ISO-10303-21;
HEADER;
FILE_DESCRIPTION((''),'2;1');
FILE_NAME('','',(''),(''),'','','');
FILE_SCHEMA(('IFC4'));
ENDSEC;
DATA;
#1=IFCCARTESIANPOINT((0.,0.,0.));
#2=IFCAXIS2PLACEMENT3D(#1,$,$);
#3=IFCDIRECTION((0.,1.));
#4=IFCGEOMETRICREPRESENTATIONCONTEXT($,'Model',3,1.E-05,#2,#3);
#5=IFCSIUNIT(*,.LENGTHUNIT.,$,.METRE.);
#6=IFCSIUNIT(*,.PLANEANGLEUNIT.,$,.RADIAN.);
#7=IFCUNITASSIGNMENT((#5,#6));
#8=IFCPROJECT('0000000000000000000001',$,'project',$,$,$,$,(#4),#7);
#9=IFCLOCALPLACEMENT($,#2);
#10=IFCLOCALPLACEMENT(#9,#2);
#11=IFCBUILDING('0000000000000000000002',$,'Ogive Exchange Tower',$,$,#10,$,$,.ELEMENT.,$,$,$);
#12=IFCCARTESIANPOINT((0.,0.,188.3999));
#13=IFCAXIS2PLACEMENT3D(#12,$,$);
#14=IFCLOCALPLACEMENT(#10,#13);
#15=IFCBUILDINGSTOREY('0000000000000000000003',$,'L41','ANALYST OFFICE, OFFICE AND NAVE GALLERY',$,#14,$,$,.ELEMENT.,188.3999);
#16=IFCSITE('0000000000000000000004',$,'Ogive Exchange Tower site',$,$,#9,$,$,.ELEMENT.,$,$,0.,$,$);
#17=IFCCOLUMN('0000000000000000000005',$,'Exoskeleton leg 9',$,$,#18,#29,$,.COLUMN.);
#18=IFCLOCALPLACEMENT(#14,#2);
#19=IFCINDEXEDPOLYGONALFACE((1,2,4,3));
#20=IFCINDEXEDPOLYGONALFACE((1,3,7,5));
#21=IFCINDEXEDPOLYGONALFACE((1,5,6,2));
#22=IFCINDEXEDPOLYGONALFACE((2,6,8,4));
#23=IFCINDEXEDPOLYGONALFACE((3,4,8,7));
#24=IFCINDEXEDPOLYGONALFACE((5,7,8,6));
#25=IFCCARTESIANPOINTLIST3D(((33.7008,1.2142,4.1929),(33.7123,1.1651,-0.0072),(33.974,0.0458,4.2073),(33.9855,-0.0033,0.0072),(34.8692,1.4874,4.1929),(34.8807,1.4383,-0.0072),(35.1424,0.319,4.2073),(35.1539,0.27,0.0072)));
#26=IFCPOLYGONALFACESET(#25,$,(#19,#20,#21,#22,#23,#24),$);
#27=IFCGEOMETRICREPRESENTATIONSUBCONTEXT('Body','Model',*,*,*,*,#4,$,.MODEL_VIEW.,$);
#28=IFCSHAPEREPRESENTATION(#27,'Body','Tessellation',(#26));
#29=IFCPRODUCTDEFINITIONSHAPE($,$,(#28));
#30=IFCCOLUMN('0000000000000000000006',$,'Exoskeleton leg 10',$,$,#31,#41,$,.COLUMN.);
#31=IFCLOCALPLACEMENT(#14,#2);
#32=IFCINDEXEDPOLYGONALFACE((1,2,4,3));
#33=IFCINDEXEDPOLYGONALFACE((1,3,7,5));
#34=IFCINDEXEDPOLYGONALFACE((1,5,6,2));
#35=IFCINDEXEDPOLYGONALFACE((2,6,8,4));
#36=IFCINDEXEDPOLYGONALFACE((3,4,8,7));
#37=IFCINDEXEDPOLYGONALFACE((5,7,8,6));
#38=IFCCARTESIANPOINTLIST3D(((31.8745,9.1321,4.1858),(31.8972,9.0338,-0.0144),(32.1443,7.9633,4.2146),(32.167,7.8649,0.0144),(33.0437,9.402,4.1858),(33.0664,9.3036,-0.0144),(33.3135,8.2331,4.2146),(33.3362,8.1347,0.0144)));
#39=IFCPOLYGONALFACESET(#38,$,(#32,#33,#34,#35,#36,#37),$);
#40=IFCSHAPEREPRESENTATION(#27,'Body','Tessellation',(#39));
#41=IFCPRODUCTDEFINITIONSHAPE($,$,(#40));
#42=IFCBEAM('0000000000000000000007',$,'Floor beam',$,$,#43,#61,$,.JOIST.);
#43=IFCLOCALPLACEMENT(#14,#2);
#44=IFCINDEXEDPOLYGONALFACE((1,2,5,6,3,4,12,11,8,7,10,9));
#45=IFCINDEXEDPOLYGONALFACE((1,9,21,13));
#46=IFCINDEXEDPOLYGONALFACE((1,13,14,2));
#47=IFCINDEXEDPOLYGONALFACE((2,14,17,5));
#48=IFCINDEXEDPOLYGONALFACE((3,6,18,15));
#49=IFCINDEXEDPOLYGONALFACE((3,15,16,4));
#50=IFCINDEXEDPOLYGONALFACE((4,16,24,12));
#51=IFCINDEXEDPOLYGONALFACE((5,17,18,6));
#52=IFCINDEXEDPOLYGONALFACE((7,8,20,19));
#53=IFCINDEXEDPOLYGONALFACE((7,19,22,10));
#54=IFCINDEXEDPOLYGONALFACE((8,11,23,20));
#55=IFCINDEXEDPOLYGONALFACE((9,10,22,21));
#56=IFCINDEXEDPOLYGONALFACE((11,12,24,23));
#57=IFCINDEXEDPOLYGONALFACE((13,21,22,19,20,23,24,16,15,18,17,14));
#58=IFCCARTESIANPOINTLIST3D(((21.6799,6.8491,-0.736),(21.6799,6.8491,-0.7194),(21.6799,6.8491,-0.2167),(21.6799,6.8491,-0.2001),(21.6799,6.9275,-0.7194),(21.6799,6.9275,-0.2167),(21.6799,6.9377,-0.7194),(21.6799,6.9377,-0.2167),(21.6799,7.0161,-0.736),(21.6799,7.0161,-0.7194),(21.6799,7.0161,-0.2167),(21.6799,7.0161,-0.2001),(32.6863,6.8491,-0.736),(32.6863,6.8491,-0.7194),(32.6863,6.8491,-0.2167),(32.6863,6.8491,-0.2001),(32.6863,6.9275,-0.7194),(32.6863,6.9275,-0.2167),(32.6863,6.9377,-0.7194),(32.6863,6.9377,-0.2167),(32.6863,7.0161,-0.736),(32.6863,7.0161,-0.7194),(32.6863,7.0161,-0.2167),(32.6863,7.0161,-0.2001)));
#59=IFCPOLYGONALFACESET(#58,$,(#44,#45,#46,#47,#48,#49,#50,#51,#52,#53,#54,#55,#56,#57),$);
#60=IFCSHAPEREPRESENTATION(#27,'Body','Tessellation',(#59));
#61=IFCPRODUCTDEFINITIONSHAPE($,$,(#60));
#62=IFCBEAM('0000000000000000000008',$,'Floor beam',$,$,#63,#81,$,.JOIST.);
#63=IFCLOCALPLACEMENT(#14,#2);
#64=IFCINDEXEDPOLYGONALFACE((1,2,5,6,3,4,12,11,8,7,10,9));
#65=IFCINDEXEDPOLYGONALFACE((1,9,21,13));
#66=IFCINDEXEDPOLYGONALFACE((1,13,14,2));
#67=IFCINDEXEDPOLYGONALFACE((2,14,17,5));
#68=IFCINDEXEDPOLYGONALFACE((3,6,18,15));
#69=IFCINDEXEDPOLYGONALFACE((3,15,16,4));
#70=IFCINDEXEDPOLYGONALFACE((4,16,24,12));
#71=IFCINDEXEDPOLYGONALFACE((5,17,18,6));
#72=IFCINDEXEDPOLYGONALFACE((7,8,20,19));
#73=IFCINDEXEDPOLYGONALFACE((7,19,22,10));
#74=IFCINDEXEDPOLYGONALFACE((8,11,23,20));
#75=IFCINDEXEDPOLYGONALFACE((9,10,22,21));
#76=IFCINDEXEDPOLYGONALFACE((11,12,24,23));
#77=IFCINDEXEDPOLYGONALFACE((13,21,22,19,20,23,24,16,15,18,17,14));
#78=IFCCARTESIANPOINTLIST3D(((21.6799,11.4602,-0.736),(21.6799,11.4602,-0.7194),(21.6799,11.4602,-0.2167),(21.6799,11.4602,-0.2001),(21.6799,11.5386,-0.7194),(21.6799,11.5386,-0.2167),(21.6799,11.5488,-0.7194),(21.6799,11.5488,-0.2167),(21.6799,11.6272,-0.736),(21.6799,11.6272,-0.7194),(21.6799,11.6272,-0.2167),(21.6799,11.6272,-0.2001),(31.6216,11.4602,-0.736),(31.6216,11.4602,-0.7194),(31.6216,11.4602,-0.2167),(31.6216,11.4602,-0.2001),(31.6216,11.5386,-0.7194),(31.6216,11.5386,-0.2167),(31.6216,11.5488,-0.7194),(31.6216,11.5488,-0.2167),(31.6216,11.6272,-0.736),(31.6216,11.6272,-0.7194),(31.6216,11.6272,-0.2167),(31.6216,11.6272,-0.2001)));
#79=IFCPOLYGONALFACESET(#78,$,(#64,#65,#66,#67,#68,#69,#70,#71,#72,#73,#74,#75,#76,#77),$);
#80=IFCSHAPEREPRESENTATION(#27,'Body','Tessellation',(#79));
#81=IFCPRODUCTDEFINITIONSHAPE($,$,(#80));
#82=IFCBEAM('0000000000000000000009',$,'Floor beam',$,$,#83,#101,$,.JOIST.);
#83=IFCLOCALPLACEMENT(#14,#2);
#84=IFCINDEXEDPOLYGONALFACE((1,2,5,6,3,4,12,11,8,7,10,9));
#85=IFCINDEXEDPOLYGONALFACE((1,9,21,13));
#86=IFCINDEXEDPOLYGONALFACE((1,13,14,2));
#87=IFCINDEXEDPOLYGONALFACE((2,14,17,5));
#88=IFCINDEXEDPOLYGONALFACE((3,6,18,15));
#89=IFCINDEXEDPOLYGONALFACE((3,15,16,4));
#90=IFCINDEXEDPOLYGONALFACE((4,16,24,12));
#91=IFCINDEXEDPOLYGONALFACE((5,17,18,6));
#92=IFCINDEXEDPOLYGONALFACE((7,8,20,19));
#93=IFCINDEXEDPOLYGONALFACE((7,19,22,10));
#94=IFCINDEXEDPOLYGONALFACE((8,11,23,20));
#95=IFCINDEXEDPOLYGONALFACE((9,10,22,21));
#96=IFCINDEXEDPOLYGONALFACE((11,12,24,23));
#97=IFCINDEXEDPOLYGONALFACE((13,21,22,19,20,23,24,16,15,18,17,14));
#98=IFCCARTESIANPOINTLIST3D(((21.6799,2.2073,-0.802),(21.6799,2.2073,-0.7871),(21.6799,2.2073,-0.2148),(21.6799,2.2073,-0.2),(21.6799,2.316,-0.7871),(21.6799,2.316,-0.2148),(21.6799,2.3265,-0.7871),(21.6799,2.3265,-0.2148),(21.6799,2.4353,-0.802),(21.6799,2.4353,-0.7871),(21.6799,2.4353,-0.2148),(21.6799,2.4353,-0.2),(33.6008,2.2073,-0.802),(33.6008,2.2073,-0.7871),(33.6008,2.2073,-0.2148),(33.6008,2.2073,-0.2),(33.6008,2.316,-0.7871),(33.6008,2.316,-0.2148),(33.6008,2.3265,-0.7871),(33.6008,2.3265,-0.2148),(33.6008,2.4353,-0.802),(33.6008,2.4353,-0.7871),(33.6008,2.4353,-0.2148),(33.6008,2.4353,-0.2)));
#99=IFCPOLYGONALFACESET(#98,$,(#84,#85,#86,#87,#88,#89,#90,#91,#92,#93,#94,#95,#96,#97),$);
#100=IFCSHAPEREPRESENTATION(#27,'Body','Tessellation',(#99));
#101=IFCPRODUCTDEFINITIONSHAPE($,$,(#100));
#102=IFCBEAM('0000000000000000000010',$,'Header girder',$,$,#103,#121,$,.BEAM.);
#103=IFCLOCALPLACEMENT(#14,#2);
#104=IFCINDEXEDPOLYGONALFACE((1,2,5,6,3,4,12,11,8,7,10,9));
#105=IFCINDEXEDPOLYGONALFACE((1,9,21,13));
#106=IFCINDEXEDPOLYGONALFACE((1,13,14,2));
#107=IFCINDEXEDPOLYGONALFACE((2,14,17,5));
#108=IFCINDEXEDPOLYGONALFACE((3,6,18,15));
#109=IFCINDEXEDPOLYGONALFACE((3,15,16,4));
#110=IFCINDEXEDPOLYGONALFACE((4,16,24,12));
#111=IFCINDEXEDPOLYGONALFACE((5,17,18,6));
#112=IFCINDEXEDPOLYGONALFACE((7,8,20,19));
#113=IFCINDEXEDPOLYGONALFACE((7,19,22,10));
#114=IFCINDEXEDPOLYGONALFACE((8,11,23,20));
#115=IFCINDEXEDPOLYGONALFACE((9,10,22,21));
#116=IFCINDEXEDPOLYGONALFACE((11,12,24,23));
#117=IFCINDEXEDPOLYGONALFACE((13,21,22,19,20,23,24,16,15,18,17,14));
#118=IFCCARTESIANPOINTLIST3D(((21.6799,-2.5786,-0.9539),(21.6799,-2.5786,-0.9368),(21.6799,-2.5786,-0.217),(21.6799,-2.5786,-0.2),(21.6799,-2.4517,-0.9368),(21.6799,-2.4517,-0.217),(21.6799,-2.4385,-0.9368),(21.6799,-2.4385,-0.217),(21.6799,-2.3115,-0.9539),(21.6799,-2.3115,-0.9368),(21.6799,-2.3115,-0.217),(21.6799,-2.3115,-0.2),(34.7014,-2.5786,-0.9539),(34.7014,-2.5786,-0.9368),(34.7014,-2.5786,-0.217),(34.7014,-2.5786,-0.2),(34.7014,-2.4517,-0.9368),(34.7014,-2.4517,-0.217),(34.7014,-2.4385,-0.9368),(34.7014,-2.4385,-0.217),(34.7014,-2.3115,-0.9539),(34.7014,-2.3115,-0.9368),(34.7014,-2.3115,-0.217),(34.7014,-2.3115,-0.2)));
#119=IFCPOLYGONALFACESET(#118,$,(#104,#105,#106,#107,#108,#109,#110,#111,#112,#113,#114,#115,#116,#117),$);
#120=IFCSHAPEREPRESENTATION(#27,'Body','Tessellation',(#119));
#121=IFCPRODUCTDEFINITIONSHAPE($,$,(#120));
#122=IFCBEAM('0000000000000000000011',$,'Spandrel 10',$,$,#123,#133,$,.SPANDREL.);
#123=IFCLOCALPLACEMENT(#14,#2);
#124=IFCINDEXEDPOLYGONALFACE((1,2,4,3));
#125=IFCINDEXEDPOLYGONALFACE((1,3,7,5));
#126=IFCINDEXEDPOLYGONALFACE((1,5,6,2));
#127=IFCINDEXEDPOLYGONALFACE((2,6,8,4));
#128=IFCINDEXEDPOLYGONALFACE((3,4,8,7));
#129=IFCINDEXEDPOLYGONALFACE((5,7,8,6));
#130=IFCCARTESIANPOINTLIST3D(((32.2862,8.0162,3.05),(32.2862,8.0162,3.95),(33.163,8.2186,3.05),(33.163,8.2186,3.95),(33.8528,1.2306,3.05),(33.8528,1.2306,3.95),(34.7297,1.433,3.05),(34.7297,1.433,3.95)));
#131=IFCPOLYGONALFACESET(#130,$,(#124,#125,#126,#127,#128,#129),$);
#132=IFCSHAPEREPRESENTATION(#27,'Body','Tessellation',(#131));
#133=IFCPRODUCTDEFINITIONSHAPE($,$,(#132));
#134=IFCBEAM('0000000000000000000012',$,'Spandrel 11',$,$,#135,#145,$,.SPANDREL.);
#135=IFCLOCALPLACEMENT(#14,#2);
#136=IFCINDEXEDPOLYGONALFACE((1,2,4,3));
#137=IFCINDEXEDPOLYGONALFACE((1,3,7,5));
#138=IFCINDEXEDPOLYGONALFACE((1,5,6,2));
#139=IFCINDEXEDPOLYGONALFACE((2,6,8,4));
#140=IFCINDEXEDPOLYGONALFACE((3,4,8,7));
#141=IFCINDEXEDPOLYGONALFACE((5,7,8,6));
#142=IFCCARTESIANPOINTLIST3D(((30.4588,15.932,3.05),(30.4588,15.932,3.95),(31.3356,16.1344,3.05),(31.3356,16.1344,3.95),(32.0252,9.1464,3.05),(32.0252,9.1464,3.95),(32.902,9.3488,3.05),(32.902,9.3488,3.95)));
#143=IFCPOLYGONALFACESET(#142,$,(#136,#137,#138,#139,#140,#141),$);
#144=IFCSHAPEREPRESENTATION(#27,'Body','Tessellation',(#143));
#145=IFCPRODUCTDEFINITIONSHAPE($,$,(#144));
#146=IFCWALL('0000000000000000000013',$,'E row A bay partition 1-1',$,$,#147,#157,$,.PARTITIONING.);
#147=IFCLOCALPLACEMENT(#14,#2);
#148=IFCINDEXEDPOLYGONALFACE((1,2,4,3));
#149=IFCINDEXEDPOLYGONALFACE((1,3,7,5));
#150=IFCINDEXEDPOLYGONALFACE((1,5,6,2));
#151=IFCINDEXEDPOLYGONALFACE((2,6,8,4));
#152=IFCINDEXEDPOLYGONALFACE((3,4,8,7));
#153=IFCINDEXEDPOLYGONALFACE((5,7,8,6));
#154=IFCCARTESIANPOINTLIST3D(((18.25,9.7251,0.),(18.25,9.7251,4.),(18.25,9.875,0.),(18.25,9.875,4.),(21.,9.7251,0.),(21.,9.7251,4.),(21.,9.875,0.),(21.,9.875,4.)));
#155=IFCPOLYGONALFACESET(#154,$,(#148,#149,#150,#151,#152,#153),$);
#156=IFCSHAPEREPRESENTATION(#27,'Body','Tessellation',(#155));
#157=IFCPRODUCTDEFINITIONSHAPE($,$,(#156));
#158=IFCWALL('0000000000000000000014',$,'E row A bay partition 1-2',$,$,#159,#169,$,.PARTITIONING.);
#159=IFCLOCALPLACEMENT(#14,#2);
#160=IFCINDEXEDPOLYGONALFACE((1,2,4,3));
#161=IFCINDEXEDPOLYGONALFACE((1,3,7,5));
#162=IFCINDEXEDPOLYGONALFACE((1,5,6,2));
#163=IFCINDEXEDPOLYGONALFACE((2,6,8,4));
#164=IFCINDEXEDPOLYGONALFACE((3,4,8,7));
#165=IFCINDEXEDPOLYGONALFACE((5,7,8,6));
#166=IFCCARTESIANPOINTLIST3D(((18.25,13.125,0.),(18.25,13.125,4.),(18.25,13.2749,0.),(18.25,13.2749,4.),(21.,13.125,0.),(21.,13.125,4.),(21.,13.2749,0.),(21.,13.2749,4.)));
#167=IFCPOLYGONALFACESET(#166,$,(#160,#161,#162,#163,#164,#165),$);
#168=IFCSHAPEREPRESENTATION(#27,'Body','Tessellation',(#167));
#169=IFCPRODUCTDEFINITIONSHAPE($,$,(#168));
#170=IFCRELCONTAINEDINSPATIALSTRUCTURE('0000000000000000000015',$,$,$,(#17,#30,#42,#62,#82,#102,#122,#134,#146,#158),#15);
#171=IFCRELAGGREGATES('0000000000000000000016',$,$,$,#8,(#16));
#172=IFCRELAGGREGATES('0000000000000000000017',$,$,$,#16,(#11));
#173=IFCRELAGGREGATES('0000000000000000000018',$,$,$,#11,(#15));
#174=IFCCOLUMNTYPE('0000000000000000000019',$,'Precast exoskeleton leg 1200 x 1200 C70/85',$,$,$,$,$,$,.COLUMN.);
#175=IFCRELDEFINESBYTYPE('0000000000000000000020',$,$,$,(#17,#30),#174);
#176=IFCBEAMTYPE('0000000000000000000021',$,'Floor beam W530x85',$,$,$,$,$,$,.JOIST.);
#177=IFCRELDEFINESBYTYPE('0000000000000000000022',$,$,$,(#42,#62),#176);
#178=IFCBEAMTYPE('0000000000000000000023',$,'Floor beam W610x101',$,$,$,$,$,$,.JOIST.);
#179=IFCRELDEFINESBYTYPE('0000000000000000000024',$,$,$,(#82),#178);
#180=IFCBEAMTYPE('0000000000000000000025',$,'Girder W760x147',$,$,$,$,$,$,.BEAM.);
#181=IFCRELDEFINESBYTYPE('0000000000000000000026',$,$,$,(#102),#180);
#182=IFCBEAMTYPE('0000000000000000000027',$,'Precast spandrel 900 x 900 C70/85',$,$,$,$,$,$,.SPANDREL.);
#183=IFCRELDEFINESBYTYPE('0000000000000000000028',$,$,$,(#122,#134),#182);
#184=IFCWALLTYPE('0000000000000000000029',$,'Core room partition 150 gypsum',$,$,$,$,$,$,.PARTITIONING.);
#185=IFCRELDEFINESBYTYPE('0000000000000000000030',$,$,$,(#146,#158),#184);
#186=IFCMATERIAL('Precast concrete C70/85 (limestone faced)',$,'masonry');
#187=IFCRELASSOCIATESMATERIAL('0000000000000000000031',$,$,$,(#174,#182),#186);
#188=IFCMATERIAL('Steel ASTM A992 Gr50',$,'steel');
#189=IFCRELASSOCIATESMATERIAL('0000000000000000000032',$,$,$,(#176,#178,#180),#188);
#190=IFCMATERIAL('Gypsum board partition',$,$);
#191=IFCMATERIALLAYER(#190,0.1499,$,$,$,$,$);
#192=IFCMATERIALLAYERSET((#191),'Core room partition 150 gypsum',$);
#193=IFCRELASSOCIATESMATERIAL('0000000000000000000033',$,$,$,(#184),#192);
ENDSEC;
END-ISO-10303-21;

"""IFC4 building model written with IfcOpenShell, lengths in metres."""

from ifc_helpers import new_model, si_unit, direction, frame, frame_2d, origin, origin_2d, place, context, subcontext, project, spatial, rectangle, i_section, extrude, material, layer, layer_set, material_profile, profile_set, type_object, element, save


model = new_model("IFC4")

# Units and contexts
model_context = context("Model", 3, precision=1e-05, world=origin(), true_north=direction((0.0, 1.0)))
body_context = subcontext(model_context, "Body", "Model", "MODEL_VIEW")
ifc_project = project(units=[si_unit("LENGTHUNIT", "METRE"), si_unit("PLANEANGLEUNIT", "RADIAN")], contexts=[model_context])

# Site, building, storey
site_placement = place(None, origin())
site = spatial("IfcSite", under=ifc_project, at=site_placement, Name="Ogive Exchange Tower site", CompositionType="ELEMENT", RefElevation=0.0)
building_placement = place(site_placement, origin())
building = spatial("IfcBuilding", under=site, at=building_placement, Name="Ogive Exchange Tower", CompositionType="ELEMENT")
storey_placement = place(building_placement, frame((0.0, 0.0, 188.3999)))
storey = spatial("IfcBuildingStorey", under=building, at=storey_placement, Name="L41", Description="ANALYST OFFICE, OFFICE AND NAVE GALLERY", CompositionType="ELEMENT", Elevation=188.3999)

# Columns
ifc_material_1 = material(Name="Precast concrete C70/85 (limestone faced)", Category="masonry")
ifc_material_profile_1 = material_profile(ifc_material_1, rectangle(XDim=1.2, YDim=1.2, at=origin_2d()), Name="1200 x 1200")
ifc_profile_set_1 = profile_set([ifc_material_profile_1], Name="Precast concrete C70/85 (limestone faced)")
column_type = type_object("IfcColumnType", Name="Precast exoskeleton leg 1200 x 1200 C70/85", PredefinedType="COLUMN", material=ifc_profile_set_1)
column_1_placement = place(storey_placement, frame((34.4331, 0.7175, 0.0), z_axis=(-0.002732, 0.011682, 0.999928), x_axis=(-0.973734, -0.227689, 0.0)))
element("IfcColumn", 1, at=column_1_placement, inside=storey, type_object=column_type, Name="Exoskeleton leg 9", PredefinedType="COLUMN", context=body_context, shape_type="SweptSolid", body=[
    extrude(rectangle(XDim=1.2, YDim=1.2, at=origin_2d()), origin(), (0.0, 0.0, 1.0), 4.2004),
])
column_2_placement = place(storey_placement, frame((32.6167, 8.5842, 0.0), z_axis=(-0.005404, 0.023418, 0.999711), x_axis=(-0.974391, -0.22486, 0.0)))
element("IfcColumn", 2, at=column_2_placement, inside=storey, type_object=column_type, Name="Exoskeleton leg 10", PredefinedType="COLUMN", context=body_context, shape_type="SweptSolid", body=[
    extrude(rectangle(XDim=1.2, YDim=1.2, at=origin_2d()), origin(), (0.0, 0.0, 1.0), 4.2014),
])

# Beams
ifc_material_2 = material(Name="Steel ASTM A992 Gr50", Category="steel")
ifc_material_profile_2 = material_profile(ifc_material_2, i_section(OverallWidth=0.167, OverallDepth=0.5359, WebThickness=0.0103, FlangeThickness=0.0166, at=origin_2d()), Name="W530x85")
ifc_profile_set_2 = profile_set([ifc_material_profile_2], Name="Steel ASTM A992 Gr50")
beam_type_1 = type_object("IfcBeamType", Name="Floor beam W530x85", PredefinedType="JOIST", material=ifc_profile_set_2)
beam_1_placement = place(storey_placement, frame((21.6799, 6.9326, -0.468), z_axis=(1.0, 0.0, 0.0), x_axis=(0.0, 1.0, 0.0)))
element("IfcBeam", 3, at=beam_1_placement, inside=storey, type_object=beam_type_1, Name="Floor beam", PredefinedType="JOIST", context=body_context, shape_type="SweptSolid", body=[
    extrude(i_section(OverallWidth=0.167, OverallDepth=0.5359, WebThickness=0.0103, FlangeThickness=0.0166, at=origin_2d()), origin(), (0.0, 0.0, 1.0), 11.0063),
])
beam_2_placement = place(storey_placement, frame((21.6799, 11.5437, -0.468), z_axis=(1.0, 0.0, 0.0), x_axis=(0.0, 1.0, 0.0)))
element("IfcBeam", 4, at=beam_2_placement, inside=storey, type_object=beam_type_1, Name="Floor beam", PredefinedType="JOIST", context=body_context, shape_type="SweptSolid", body=[
    extrude(i_section(OverallWidth=0.167, OverallDepth=0.5359, WebThickness=0.0103, FlangeThickness=0.0166, at=origin_2d()), origin(), (0.0, 0.0, 1.0), 9.9417),
])
ifc_material_profile_3 = material_profile(ifc_material_2, i_section(OverallWidth=0.228, OverallDepth=0.6021, WebThickness=0.0105, FlangeThickness=0.0149, at=origin_2d()), Name="W610x101")
ifc_profile_set_3 = profile_set([ifc_material_profile_3], Name="Steel ASTM A992 Gr50")
beam_type_2 = type_object("IfcBeamType", Name="Floor beam W610x101", PredefinedType="JOIST", material=ifc_profile_set_3)
beam_3_placement = place(storey_placement, frame((21.6799, 2.3213, -0.501), z_axis=(1.0, 0.0, 0.0), x_axis=(0.0, 1.0, 0.0)))
element("IfcBeam", 5, at=beam_3_placement, inside=storey, type_object=beam_type_2, Name="Floor beam", PredefinedType="JOIST", context=body_context, shape_type="SweptSolid", body=[
    extrude(i_section(OverallWidth=0.228, OverallDepth=0.6021, WebThickness=0.0105, FlangeThickness=0.0149, at=origin_2d()), origin(), (0.0, 0.0, 1.0), 11.9209),
])
ifc_material_profile_4 = material_profile(ifc_material_2, i_section(OverallWidth=0.2671, OverallDepth=0.7539, WebThickness=0.0132, FlangeThickness=0.0171, at=origin_2d()), Name="W760x147")
ifc_profile_set_4 = profile_set([ifc_material_profile_4], Name="Steel ASTM A992 Gr50")
beam_type_3 = type_object("IfcBeamType", Name="Girder W760x147", PredefinedType="BEAM", material=ifc_profile_set_4)
beam_4_placement = place(storey_placement, frame((21.6799, -2.4451, -0.5769), z_axis=(1.0, 0.0, 0.0), x_axis=(0.0, 1.0, 0.0)))
element("IfcBeam", 6, at=beam_4_placement, inside=storey, type_object=beam_type_3, Name="Header girder", PredefinedType="BEAM", context=body_context, shape_type="SweptSolid", body=[
    extrude(i_section(OverallWidth=0.2671, OverallDepth=0.7539, WebThickness=0.0132, FlangeThickness=0.0171, at=origin_2d()), origin(), (0.0, 0.0, 1.0), 13.0215),
])
ifc_material_profile_5 = material_profile(ifc_material_1, rectangle(XDim=0.8999, YDim=0.8999, at=origin_2d()), Name="900 x 900")
ifc_profile_set_5 = profile_set([ifc_material_profile_5], Name="Precast concrete C70/85 (limestone faced)")
beam_type_4 = type_object("IfcBeamType", Name="Precast spandrel 900 x 900 C70/85", PredefinedType="SPANDREL", material=ifc_profile_set_5)
for number, where, z_axis, x_axis, name in (
    (7, (34.2913, 1.3318, 3.5), (-0.224959, 0.974368, 0.0), (-0.974368, -0.224959, 0.0), "Spandrel 10"),
    (8, (32.4636, 9.2476, 3.5), (-0.224926, 0.974376, 0.0), (-0.974376, -0.224926, 0.0), "Spandrel 11"),
):
    element("IfcBeam", number, at=place(storey_placement, frame(where, z_axis=z_axis, x_axis=x_axis)), inside=storey, type_object=beam_type_4, Name=name, PredefinedType="SPANDREL", context=body_context, shape_type="SweptSolid", body=[
        extrude(rectangle(XDim=0.8999, YDim=0.8999, at=origin_2d()), origin(), (0.0, 0.0, 1.0), 6.9641),
    ])

# Walls
ifc_material_3 = material(Name="Gypsum board partition")
ifc_layer_1 = layer(ifc_material_3, 0.1499)
ifc_layer_set_1 = layer_set([ifc_layer_1], Name="Core room partition 150 gypsum")
wall_type_1 = type_object("IfcWallType", Name="Core room partition 150 gypsum", PredefinedType="PARTITIONING", material=ifc_layer_set_1)
for number, where, z_axis, x_axis, name in (
    (9, (18.25, 9.8, 0.0), (0.0, 0.0, 1.0), (1.0, 0.0, 0.0), "E row A bay partition 1-1"),
    (10, (18.25, 13.2, 0.0), (0.0, 0.0, 1.0), (1.0, 0.0, 0.0), "E row A bay partition 1-2"),
):
    element("IfcWall", number, at=place(storey_placement, frame(where, z_axis=z_axis, x_axis=x_axis)), inside=storey, type_object=wall_type_1, Name=name, PredefinedType="PARTITIONING", context=body_context, shape_type="SweptSolid", body=[
        extrude(rectangle(XDim=2.75, YDim=0.1499, at=frame_2d((1.375, 0.0))), origin(), (0.0, 0.0, 1.0), 4.0),
    ])

save(model, "model.ifc")
